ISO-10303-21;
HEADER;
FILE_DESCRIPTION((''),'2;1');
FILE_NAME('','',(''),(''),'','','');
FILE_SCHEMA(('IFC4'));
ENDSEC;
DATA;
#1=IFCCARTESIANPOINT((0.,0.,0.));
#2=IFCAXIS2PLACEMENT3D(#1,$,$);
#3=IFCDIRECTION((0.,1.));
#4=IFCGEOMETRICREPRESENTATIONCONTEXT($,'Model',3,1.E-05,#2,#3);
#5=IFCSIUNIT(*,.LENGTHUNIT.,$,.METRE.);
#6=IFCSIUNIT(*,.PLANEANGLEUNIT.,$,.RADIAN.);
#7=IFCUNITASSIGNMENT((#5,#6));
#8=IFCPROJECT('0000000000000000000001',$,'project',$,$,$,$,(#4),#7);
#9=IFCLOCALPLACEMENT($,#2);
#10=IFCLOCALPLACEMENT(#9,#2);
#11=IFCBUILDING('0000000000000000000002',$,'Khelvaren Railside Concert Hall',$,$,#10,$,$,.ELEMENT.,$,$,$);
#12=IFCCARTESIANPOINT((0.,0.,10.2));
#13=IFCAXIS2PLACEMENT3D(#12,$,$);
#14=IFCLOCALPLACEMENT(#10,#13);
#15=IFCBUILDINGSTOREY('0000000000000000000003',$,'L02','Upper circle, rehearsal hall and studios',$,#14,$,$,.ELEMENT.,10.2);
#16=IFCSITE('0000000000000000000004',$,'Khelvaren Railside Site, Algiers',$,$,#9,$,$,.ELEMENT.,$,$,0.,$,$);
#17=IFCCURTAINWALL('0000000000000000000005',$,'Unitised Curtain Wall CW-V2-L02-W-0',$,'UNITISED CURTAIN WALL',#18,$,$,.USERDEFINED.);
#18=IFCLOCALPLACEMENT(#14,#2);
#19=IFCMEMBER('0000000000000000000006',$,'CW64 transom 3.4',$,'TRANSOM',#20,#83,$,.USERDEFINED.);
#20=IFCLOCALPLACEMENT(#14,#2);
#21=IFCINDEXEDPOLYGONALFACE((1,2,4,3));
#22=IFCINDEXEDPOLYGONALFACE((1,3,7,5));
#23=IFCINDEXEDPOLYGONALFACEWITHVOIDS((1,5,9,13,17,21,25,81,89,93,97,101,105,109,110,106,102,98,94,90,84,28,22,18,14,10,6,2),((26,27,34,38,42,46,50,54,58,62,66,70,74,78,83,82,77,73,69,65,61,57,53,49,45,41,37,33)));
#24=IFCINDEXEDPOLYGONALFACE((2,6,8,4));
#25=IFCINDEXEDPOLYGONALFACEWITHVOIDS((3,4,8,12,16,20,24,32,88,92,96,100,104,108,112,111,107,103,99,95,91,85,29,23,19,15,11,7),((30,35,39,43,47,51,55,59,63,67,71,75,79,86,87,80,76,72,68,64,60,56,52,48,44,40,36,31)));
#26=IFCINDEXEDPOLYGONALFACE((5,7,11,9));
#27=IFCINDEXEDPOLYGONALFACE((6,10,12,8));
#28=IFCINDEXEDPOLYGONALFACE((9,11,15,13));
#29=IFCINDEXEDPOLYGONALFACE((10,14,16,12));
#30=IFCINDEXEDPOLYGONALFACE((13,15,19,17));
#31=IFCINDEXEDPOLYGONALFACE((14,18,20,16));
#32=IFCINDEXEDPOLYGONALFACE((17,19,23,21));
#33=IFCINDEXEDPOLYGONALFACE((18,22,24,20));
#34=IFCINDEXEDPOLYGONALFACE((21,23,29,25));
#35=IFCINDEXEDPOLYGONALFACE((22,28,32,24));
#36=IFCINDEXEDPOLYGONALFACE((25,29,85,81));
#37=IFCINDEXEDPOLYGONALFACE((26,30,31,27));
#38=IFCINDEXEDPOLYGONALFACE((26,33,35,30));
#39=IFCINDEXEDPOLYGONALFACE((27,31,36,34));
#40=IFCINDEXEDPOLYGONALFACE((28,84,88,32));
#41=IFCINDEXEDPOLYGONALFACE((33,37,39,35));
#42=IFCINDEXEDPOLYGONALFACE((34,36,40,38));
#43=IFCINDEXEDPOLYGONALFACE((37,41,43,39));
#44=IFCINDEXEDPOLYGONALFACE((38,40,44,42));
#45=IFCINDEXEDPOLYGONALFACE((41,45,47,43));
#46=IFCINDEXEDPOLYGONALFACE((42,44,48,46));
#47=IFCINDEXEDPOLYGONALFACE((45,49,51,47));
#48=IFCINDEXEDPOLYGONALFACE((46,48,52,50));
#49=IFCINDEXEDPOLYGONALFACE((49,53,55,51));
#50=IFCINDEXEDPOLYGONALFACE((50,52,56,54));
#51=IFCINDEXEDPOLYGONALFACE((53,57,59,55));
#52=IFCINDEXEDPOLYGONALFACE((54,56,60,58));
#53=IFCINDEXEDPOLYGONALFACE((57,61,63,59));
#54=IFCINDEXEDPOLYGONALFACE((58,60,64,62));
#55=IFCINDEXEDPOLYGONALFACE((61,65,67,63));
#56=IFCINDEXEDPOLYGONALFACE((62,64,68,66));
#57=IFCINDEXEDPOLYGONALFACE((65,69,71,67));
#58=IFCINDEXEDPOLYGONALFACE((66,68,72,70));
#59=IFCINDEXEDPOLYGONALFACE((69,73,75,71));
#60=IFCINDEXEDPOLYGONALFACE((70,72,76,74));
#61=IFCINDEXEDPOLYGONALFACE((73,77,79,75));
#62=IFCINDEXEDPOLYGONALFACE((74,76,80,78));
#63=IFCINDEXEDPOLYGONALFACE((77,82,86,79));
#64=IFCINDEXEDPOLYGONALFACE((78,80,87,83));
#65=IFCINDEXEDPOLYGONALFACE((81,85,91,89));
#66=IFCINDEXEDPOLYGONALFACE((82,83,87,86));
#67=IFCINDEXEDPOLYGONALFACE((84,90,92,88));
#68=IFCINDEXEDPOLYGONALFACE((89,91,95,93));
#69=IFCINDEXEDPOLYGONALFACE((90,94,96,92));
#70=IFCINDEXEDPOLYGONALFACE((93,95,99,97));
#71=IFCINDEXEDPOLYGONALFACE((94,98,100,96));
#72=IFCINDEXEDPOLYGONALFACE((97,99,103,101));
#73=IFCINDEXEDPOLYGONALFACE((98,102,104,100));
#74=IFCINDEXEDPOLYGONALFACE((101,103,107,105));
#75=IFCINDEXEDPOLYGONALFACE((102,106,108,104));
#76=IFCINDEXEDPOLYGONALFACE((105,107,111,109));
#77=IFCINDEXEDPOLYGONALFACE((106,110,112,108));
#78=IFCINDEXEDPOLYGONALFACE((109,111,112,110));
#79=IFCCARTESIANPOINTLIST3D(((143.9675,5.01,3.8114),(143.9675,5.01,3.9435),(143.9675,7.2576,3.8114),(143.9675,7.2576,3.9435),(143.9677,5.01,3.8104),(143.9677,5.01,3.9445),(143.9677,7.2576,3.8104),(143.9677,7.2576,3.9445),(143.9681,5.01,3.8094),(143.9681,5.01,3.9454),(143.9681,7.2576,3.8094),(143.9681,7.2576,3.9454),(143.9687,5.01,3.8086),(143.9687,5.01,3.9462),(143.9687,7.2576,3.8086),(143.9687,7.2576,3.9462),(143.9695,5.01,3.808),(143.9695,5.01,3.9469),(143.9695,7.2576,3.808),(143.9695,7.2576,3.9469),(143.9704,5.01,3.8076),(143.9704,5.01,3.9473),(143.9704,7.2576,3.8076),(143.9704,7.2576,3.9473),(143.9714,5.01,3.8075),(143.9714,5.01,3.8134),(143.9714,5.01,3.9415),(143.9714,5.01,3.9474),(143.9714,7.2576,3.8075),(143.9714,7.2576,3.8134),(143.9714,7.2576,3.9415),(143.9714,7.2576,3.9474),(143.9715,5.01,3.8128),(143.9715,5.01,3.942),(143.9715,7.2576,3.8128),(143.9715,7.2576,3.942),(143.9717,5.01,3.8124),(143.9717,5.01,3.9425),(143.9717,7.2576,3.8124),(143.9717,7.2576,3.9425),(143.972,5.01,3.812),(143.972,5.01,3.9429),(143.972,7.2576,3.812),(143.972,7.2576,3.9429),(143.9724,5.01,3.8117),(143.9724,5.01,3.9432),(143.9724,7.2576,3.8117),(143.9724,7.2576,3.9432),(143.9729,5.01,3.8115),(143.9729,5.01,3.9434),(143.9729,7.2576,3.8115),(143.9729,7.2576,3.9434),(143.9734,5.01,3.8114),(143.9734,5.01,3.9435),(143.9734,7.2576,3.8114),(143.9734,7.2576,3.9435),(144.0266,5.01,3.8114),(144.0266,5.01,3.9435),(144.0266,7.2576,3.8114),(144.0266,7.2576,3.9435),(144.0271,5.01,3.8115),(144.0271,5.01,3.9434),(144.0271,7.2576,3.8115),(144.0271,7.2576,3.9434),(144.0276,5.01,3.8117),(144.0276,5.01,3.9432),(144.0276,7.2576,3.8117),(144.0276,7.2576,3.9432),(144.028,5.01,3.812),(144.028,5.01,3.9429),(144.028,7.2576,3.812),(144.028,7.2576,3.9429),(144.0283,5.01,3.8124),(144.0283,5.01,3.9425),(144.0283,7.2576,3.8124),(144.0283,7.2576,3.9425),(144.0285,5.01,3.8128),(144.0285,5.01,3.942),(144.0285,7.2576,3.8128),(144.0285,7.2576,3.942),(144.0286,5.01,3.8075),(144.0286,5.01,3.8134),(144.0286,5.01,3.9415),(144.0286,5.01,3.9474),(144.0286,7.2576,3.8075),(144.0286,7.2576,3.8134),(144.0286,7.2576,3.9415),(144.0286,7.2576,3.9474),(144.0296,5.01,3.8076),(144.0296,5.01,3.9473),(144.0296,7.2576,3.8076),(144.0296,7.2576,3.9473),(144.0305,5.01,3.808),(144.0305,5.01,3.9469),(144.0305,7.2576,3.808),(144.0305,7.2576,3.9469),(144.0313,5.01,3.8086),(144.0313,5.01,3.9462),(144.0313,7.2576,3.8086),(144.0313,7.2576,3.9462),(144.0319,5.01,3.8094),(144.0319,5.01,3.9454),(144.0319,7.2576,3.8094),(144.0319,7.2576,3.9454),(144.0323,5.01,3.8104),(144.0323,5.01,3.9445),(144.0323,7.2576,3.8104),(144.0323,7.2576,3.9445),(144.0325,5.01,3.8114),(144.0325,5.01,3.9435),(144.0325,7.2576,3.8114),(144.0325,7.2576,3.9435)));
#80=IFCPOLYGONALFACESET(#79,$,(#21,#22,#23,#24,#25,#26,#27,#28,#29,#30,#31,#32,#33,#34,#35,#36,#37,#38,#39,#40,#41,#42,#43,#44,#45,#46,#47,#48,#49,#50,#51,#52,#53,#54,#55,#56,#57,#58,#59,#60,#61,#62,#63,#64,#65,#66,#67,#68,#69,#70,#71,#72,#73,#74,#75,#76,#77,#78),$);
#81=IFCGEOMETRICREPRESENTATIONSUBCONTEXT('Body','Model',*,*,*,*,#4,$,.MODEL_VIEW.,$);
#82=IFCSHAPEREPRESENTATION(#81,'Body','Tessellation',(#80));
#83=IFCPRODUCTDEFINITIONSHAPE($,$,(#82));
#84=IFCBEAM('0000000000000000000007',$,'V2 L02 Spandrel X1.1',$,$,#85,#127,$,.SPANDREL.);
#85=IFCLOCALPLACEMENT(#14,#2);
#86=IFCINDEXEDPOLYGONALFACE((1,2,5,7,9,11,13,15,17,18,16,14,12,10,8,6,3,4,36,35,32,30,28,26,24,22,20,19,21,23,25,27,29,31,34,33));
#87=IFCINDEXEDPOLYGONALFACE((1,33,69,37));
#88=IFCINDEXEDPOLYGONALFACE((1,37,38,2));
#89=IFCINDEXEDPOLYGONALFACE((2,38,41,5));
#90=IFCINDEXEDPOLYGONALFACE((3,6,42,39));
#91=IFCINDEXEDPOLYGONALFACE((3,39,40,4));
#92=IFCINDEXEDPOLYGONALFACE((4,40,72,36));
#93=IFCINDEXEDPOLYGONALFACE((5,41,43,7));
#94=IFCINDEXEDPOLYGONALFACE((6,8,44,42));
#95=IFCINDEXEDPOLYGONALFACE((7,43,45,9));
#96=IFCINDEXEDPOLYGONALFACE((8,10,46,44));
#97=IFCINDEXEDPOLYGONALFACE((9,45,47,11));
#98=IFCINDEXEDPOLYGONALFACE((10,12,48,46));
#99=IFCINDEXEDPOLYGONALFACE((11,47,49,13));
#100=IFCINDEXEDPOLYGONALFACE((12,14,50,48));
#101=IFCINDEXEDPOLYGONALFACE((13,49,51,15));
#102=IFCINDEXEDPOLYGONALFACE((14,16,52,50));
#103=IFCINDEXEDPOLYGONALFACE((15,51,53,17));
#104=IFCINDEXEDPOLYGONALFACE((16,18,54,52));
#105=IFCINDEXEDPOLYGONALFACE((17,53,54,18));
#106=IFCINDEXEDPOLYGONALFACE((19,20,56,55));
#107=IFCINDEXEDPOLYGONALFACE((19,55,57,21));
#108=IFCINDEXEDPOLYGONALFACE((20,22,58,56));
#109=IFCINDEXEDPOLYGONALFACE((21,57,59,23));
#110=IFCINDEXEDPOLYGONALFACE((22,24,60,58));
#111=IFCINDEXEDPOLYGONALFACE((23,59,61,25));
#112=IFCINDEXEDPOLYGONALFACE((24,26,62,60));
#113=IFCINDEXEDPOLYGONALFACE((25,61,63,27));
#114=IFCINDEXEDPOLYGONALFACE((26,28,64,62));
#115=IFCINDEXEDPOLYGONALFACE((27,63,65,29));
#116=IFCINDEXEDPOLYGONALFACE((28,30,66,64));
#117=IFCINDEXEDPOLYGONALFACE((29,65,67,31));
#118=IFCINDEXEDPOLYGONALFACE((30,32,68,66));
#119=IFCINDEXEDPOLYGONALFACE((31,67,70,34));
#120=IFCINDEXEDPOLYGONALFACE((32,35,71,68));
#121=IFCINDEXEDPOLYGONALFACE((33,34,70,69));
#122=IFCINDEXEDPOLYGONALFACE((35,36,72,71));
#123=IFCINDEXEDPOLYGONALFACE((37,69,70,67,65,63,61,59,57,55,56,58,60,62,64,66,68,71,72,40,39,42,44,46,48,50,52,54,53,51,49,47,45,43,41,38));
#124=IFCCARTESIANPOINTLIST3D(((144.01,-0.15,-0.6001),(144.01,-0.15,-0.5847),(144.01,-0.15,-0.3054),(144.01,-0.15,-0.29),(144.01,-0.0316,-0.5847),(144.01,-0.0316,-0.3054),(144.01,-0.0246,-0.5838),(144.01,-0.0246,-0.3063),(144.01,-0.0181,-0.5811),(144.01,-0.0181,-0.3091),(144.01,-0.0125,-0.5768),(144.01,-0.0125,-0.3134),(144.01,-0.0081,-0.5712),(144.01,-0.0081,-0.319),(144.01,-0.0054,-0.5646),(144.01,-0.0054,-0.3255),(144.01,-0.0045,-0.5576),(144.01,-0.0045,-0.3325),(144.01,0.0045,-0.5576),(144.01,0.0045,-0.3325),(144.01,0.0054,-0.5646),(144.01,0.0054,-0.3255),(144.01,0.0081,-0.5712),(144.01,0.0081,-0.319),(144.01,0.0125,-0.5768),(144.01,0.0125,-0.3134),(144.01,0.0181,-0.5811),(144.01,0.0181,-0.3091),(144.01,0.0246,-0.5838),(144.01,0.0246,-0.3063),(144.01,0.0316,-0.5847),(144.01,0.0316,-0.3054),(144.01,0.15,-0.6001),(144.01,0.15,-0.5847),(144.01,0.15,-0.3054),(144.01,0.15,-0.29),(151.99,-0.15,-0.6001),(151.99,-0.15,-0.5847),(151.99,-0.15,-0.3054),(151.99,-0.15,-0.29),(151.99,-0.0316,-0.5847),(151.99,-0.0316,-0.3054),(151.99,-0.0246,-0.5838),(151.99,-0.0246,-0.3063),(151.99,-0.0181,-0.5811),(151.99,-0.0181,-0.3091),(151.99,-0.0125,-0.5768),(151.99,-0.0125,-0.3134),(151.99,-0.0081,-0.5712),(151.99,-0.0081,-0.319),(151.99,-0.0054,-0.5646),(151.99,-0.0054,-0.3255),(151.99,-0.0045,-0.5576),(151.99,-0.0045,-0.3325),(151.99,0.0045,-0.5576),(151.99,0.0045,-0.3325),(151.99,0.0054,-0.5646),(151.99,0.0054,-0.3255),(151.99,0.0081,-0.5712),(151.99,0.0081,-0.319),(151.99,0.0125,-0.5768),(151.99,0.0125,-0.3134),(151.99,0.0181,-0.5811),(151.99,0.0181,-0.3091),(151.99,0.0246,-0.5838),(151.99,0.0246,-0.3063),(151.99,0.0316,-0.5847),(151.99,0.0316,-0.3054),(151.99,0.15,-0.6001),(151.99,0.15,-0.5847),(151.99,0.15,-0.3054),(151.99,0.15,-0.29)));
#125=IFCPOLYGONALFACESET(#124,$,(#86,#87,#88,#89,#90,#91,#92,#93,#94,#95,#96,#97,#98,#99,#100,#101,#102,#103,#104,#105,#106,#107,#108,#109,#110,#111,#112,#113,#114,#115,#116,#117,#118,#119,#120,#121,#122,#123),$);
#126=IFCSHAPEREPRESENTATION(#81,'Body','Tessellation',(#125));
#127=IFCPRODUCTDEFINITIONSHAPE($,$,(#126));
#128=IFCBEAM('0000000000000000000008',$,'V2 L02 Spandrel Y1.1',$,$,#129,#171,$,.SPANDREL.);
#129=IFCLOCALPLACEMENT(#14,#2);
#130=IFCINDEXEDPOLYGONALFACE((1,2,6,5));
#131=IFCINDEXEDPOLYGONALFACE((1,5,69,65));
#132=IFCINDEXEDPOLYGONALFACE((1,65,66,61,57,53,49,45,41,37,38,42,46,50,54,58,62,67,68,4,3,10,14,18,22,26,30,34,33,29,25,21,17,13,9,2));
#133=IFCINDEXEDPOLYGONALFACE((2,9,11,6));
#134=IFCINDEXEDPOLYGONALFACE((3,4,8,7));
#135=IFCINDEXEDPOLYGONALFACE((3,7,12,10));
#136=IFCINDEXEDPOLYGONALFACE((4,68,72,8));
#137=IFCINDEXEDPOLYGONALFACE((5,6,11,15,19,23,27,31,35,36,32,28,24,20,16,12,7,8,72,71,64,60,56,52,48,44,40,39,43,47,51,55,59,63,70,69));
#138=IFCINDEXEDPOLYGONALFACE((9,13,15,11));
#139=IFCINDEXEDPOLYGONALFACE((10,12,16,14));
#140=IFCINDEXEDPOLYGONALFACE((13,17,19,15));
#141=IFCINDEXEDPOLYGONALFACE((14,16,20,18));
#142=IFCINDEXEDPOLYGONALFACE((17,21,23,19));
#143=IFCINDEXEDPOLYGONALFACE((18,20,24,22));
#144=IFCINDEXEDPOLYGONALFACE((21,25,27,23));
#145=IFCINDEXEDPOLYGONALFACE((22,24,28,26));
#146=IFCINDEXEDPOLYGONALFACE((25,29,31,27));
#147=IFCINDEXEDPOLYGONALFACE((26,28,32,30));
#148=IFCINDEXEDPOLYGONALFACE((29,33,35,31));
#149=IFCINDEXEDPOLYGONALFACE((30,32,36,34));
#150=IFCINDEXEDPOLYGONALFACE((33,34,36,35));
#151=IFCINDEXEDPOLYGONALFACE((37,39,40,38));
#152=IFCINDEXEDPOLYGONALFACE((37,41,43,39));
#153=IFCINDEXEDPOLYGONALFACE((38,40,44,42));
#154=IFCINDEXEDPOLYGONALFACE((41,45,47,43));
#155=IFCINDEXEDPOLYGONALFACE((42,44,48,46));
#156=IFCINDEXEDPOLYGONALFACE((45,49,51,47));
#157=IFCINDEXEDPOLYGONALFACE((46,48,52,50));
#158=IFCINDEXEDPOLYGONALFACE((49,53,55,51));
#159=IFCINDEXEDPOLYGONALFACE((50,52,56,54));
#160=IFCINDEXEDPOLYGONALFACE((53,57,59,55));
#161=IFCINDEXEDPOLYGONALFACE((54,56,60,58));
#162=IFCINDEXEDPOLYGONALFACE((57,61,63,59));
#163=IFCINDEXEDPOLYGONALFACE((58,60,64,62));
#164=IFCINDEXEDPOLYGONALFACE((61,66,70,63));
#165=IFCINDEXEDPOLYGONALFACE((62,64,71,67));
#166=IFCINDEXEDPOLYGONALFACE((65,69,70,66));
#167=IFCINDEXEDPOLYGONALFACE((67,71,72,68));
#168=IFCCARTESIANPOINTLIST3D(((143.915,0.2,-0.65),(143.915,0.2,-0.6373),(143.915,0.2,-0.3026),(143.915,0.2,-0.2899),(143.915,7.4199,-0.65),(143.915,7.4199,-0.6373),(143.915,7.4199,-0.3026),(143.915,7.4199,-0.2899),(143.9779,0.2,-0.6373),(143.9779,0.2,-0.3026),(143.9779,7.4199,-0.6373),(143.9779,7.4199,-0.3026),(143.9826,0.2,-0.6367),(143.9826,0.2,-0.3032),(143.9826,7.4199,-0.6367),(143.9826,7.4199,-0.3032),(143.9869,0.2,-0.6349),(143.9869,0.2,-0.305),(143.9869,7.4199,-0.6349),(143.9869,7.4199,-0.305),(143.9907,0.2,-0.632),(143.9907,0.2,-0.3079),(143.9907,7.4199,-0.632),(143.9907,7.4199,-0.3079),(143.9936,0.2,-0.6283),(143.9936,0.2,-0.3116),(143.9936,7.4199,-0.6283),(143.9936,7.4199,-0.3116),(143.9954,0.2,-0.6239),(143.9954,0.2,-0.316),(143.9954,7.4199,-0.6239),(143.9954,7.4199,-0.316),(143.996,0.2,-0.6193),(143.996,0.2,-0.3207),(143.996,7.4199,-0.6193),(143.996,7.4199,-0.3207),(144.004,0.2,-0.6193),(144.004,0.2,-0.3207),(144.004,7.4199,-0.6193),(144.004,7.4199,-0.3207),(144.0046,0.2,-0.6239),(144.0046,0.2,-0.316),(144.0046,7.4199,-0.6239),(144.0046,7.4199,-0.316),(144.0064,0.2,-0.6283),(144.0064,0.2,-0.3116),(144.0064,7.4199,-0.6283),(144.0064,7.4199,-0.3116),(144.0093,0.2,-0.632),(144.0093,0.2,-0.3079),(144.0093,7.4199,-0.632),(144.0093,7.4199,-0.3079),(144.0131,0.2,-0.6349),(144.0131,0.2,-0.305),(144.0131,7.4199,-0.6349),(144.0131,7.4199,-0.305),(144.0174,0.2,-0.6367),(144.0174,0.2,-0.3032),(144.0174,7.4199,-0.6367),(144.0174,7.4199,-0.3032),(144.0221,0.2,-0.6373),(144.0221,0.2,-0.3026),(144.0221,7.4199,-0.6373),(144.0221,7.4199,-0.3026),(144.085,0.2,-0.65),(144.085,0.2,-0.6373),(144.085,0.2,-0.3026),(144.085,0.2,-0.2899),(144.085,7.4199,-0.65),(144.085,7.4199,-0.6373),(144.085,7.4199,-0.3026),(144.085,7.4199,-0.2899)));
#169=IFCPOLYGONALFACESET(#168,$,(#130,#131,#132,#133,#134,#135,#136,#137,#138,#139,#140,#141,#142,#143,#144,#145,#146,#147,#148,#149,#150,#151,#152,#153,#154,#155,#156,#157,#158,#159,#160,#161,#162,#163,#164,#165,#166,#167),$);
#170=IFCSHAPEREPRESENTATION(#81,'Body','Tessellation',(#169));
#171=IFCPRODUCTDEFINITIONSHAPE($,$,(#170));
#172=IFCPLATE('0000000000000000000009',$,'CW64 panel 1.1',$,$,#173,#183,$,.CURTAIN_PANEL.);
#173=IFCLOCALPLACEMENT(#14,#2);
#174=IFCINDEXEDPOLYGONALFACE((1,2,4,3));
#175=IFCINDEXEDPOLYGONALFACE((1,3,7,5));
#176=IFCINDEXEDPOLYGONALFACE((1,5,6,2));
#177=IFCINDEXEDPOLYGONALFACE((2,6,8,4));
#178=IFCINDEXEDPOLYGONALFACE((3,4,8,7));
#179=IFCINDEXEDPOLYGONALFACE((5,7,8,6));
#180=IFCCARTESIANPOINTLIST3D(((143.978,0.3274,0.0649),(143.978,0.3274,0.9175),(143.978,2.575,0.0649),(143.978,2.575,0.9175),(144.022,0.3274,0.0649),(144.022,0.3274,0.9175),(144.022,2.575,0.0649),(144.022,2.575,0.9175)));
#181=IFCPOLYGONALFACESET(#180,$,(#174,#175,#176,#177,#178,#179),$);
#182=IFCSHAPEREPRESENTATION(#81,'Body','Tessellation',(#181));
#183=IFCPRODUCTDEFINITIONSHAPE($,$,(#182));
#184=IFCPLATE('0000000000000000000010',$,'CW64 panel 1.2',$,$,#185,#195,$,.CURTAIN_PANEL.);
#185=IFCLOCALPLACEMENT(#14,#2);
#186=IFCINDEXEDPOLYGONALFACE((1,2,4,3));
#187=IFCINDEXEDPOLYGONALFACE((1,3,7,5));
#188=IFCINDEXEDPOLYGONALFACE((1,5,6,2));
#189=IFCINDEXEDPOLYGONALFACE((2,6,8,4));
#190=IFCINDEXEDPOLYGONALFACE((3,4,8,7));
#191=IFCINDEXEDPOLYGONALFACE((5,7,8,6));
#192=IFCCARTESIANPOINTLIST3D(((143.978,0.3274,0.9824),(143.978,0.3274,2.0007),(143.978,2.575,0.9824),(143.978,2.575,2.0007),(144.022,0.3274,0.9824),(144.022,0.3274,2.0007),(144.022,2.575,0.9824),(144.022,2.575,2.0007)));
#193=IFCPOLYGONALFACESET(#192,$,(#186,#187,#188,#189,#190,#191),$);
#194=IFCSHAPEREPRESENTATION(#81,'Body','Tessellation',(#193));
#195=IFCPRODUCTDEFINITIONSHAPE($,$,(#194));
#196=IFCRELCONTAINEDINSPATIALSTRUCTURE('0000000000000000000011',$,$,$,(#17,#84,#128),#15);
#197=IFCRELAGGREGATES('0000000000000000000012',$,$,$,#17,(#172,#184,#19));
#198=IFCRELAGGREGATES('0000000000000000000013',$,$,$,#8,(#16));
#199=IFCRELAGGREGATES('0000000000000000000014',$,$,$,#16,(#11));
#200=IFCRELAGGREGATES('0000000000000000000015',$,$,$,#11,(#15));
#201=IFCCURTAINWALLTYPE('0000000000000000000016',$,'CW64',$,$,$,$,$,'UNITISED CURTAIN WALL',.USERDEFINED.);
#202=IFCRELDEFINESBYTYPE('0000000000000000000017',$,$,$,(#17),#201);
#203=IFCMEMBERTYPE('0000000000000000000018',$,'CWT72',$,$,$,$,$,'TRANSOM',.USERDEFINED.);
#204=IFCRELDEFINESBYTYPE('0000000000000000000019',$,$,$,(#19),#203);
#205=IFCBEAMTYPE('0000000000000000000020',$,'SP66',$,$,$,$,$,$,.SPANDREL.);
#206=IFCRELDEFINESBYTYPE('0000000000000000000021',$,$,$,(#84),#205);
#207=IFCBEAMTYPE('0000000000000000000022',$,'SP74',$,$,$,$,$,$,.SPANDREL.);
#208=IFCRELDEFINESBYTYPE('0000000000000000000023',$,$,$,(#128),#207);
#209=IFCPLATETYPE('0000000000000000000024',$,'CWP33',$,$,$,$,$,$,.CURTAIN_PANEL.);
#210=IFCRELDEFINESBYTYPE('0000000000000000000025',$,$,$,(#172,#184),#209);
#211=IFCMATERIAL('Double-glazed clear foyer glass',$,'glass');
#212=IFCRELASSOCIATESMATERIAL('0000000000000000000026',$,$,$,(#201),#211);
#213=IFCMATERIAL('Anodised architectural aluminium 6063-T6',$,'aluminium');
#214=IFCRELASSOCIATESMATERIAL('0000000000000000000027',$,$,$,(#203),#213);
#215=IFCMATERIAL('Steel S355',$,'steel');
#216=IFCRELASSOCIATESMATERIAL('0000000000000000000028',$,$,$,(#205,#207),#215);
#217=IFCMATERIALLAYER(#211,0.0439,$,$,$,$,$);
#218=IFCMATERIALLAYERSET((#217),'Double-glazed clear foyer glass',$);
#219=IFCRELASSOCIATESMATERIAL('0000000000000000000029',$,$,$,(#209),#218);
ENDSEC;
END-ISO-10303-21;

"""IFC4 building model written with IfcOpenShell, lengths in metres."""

from ifc_helpers import new_model, si_unit, direction, frame, origin, origin_2d, place, context, subcontext, project, spatial, rectangle, hollow_rectangle, i_section, extrude, material, layer, layer_set, material_profile, profile_set, type_object, element, aggregate, save


model = new_model("IFC4")

# Units and contexts
model_context = context("Model", 3, precision=1e-05, world=origin(), true_north=direction((0.0, 1.0)))
body_context = subcontext(model_context, "Body", "Model", "MODEL_VIEW")
ifc_project = project(units=[si_unit("LENGTHUNIT", "METRE"), si_unit("PLANEANGLEUNIT", "RADIAN")], contexts=[model_context])

# Site, building, storey
site_placement = place(None, origin())
site = spatial("IfcSite", under=ifc_project, at=site_placement, Name="Khelvaren Railside Site, Algiers", CompositionType="ELEMENT", RefElevation=0.0)
building_placement = place(site_placement, origin())
building = spatial("IfcBuilding", under=site, at=building_placement, Name="Khelvaren Railside Concert Hall", CompositionType="ELEMENT")
storey_placement = place(building_placement, frame((0.0, 0.0, 10.2)))
storey = spatial("IfcBuildingStorey", under=building, at=storey_placement, Name="L02", Description="Upper circle, rehearsal hall and studios", CompositionType="ELEMENT", Elevation=10.2)

# Shared definitions
ifc_material_1 = material(Name="Steel S355", Category="steel")

# Curtain wall, member
ifc_material_2 = material(Name="Double-glazed clear foyer glass", Category="glass")
curtain_wall_type = type_object("IfcCurtainWallType", Name="CW64", ElementType="UNITISED CURTAIN WALL", PredefinedType="USERDEFINED", material=ifc_material_2)
curtain_wall_placement = place(storey_placement, origin())
curtain_wall = element("IfcCurtainWall", 1, at=curtain_wall_placement, inside=storey, type_object=curtain_wall_type, Name="Unitised Curtain Wall CW-V2-L02-W-0", ObjectType="UNITISED CURTAIN WALL", PredefinedType="USERDEFINED")
ifc_material_3 = material(Name="Anodised architectural aluminium 6063-T6", Category="aluminium")
ifc_material_profile_1 = material_profile(ifc_material_3, hollow_rectangle(XDim=0.0649, YDim=0.1399, WallThickness=0.0039, InnerFilletRadius=0.002, OuterFilletRadius=0.0039, at=origin_2d()), Name="CWT 65x140x4")
ifc_profile_set_1 = profile_set([ifc_material_profile_1], Name="Anodised architectural aluminium 6063-T6")
member_type_1 = type_object("IfcMemberType", Name="CWT72", ElementType="TRANSOM", PredefinedType="USERDEFINED", material=ifc_profile_set_1)
member_1_placement = place(storey_placement, frame((144.0, 5.01, 3.8774), z_axis=(0.0, 1.0, 0.0), x_axis=(-1.0, 0.0, 0.0)))
member_1 = element("IfcMember", 2, at=member_1_placement, type_object=member_type_1, Name="CW64 transom 3.4", ObjectType="TRANSOM", PredefinedType="USERDEFINED", context=body_context, shape_type="SweptSolid", body=[
    extrude(hollow_rectangle(XDim=0.0649, YDim=0.1399, WallThickness=0.0039, InnerFilletRadius=0.002, OuterFilletRadius=0.0039, at=origin_2d()), origin(), (0.0, 0.0, 1.0), 2.2476),
])

# Beams
ifc_material_profile_2 = material_profile(ifc_material_1, i_section(OverallWidth=0.3, OverallDepth=0.3101, WebThickness=0.009, FlangeThickness=0.0154, FilletRadius=0.0271, at=origin_2d()), Name="HEA 320")
ifc_profile_set_2 = profile_set([ifc_material_profile_2], Name="Steel S355")
beam_type_1 = type_object("IfcBeamType", Name="SP66", PredefinedType="SPANDREL", material=ifc_profile_set_2)
beam_1_placement = place(storey_placement, frame((144.01, 0.0, -0.4451), z_axis=(1.0, 0.0, 0.0), x_axis=(0.0, 1.0, 0.0)))
element("IfcBeam", 3, at=beam_1_placement, inside=storey, type_object=beam_type_1, Name="V2 L02 Spandrel X1.1", PredefinedType="SPANDREL", context=body_context, shape_type="SweptSolid", body=[
    extrude(i_section(OverallWidth=0.3, OverallDepth=0.3101, WebThickness=0.009, FlangeThickness=0.0154, FilletRadius=0.0271, at=origin_2d()), origin(), (0.0, 0.0, 1.0), 7.98),
])
ifc_material_profile_3 = material_profile(ifc_material_1, i_section(OverallWidth=0.1699, OverallDepth=0.3601, WebThickness=0.0081, FlangeThickness=0.0127, FilletRadius=0.0181, at=origin_2d()), Name="IPE 360")
ifc_profile_set_3 = profile_set([ifc_material_profile_3], Name="Steel S355")
beam_type_2 = type_object("IfcBeamType", Name="SP74", PredefinedType="SPANDREL", material=ifc_profile_set_3)
beam_2_placement = place(storey_placement, frame((144.0, 0.2, -0.47), z_axis=(0.0, 1.0, 0.0), x_axis=(-1.0, 0.0, 0.0)))
element("IfcBeam", 4, at=beam_2_placement, inside=storey, type_object=beam_type_2, Name="V2 L02 Spandrel Y1.1", PredefinedType="SPANDREL", context=body_context, shape_type="SweptSolid", body=[
    extrude(i_section(OverallWidth=0.1699, OverallDepth=0.3601, WebThickness=0.0081, FlangeThickness=0.0127, FilletRadius=0.0181, at=origin_2d()), origin(), (0.0, 0.0, 1.0), 7.22),
])

# Plates
ifc_layer = layer(ifc_material_2, 0.0439)
ifc_layer_set = layer_set([ifc_layer], Name="Double-glazed clear foyer glass")
plate_type = type_object("IfcPlateType", Name="CWP33", PredefinedType="CURTAIN_PANEL", material=ifc_layer_set)
plate_1_placement = place(storey_placement, frame((144.0, 1.4512, 0.0649), z_axis=(0.0, 0.0, 1.0), x_axis=(0.0, 1.0, 0.0)))
plate_1 = element("IfcPlate", 5, at=plate_1_placement, type_object=plate_type, Name="CW64 panel 1.1", PredefinedType="CURTAIN_PANEL", context=body_context, shape_type="SweptSolid", body=[
    extrude(rectangle(XDim=2.2476, YDim=0.0439, at=origin_2d()), origin(), (0.0, 0.0, 1.0), 0.8525),
])
plate_2_placement = place(storey_placement, frame((144.0, 1.4512, 0.9824), z_axis=(0.0, 0.0, 1.0), x_axis=(0.0, 1.0, 0.0)))
plate_2 = element("IfcPlate", 6, at=plate_2_placement, type_object=plate_type, Name="CW64 panel 1.2", PredefinedType="CURTAIN_PANEL", context=body_context, shape_type="SweptSolid", body=[
    extrude(rectangle(XDim=2.2476, YDim=0.0439, at=origin_2d()), origin(), (0.0, 0.0, 1.0), 1.0183),
])
aggregate(curtain_wall, [plate_1, plate_2, member_1])

save(model, "model.ifc")
